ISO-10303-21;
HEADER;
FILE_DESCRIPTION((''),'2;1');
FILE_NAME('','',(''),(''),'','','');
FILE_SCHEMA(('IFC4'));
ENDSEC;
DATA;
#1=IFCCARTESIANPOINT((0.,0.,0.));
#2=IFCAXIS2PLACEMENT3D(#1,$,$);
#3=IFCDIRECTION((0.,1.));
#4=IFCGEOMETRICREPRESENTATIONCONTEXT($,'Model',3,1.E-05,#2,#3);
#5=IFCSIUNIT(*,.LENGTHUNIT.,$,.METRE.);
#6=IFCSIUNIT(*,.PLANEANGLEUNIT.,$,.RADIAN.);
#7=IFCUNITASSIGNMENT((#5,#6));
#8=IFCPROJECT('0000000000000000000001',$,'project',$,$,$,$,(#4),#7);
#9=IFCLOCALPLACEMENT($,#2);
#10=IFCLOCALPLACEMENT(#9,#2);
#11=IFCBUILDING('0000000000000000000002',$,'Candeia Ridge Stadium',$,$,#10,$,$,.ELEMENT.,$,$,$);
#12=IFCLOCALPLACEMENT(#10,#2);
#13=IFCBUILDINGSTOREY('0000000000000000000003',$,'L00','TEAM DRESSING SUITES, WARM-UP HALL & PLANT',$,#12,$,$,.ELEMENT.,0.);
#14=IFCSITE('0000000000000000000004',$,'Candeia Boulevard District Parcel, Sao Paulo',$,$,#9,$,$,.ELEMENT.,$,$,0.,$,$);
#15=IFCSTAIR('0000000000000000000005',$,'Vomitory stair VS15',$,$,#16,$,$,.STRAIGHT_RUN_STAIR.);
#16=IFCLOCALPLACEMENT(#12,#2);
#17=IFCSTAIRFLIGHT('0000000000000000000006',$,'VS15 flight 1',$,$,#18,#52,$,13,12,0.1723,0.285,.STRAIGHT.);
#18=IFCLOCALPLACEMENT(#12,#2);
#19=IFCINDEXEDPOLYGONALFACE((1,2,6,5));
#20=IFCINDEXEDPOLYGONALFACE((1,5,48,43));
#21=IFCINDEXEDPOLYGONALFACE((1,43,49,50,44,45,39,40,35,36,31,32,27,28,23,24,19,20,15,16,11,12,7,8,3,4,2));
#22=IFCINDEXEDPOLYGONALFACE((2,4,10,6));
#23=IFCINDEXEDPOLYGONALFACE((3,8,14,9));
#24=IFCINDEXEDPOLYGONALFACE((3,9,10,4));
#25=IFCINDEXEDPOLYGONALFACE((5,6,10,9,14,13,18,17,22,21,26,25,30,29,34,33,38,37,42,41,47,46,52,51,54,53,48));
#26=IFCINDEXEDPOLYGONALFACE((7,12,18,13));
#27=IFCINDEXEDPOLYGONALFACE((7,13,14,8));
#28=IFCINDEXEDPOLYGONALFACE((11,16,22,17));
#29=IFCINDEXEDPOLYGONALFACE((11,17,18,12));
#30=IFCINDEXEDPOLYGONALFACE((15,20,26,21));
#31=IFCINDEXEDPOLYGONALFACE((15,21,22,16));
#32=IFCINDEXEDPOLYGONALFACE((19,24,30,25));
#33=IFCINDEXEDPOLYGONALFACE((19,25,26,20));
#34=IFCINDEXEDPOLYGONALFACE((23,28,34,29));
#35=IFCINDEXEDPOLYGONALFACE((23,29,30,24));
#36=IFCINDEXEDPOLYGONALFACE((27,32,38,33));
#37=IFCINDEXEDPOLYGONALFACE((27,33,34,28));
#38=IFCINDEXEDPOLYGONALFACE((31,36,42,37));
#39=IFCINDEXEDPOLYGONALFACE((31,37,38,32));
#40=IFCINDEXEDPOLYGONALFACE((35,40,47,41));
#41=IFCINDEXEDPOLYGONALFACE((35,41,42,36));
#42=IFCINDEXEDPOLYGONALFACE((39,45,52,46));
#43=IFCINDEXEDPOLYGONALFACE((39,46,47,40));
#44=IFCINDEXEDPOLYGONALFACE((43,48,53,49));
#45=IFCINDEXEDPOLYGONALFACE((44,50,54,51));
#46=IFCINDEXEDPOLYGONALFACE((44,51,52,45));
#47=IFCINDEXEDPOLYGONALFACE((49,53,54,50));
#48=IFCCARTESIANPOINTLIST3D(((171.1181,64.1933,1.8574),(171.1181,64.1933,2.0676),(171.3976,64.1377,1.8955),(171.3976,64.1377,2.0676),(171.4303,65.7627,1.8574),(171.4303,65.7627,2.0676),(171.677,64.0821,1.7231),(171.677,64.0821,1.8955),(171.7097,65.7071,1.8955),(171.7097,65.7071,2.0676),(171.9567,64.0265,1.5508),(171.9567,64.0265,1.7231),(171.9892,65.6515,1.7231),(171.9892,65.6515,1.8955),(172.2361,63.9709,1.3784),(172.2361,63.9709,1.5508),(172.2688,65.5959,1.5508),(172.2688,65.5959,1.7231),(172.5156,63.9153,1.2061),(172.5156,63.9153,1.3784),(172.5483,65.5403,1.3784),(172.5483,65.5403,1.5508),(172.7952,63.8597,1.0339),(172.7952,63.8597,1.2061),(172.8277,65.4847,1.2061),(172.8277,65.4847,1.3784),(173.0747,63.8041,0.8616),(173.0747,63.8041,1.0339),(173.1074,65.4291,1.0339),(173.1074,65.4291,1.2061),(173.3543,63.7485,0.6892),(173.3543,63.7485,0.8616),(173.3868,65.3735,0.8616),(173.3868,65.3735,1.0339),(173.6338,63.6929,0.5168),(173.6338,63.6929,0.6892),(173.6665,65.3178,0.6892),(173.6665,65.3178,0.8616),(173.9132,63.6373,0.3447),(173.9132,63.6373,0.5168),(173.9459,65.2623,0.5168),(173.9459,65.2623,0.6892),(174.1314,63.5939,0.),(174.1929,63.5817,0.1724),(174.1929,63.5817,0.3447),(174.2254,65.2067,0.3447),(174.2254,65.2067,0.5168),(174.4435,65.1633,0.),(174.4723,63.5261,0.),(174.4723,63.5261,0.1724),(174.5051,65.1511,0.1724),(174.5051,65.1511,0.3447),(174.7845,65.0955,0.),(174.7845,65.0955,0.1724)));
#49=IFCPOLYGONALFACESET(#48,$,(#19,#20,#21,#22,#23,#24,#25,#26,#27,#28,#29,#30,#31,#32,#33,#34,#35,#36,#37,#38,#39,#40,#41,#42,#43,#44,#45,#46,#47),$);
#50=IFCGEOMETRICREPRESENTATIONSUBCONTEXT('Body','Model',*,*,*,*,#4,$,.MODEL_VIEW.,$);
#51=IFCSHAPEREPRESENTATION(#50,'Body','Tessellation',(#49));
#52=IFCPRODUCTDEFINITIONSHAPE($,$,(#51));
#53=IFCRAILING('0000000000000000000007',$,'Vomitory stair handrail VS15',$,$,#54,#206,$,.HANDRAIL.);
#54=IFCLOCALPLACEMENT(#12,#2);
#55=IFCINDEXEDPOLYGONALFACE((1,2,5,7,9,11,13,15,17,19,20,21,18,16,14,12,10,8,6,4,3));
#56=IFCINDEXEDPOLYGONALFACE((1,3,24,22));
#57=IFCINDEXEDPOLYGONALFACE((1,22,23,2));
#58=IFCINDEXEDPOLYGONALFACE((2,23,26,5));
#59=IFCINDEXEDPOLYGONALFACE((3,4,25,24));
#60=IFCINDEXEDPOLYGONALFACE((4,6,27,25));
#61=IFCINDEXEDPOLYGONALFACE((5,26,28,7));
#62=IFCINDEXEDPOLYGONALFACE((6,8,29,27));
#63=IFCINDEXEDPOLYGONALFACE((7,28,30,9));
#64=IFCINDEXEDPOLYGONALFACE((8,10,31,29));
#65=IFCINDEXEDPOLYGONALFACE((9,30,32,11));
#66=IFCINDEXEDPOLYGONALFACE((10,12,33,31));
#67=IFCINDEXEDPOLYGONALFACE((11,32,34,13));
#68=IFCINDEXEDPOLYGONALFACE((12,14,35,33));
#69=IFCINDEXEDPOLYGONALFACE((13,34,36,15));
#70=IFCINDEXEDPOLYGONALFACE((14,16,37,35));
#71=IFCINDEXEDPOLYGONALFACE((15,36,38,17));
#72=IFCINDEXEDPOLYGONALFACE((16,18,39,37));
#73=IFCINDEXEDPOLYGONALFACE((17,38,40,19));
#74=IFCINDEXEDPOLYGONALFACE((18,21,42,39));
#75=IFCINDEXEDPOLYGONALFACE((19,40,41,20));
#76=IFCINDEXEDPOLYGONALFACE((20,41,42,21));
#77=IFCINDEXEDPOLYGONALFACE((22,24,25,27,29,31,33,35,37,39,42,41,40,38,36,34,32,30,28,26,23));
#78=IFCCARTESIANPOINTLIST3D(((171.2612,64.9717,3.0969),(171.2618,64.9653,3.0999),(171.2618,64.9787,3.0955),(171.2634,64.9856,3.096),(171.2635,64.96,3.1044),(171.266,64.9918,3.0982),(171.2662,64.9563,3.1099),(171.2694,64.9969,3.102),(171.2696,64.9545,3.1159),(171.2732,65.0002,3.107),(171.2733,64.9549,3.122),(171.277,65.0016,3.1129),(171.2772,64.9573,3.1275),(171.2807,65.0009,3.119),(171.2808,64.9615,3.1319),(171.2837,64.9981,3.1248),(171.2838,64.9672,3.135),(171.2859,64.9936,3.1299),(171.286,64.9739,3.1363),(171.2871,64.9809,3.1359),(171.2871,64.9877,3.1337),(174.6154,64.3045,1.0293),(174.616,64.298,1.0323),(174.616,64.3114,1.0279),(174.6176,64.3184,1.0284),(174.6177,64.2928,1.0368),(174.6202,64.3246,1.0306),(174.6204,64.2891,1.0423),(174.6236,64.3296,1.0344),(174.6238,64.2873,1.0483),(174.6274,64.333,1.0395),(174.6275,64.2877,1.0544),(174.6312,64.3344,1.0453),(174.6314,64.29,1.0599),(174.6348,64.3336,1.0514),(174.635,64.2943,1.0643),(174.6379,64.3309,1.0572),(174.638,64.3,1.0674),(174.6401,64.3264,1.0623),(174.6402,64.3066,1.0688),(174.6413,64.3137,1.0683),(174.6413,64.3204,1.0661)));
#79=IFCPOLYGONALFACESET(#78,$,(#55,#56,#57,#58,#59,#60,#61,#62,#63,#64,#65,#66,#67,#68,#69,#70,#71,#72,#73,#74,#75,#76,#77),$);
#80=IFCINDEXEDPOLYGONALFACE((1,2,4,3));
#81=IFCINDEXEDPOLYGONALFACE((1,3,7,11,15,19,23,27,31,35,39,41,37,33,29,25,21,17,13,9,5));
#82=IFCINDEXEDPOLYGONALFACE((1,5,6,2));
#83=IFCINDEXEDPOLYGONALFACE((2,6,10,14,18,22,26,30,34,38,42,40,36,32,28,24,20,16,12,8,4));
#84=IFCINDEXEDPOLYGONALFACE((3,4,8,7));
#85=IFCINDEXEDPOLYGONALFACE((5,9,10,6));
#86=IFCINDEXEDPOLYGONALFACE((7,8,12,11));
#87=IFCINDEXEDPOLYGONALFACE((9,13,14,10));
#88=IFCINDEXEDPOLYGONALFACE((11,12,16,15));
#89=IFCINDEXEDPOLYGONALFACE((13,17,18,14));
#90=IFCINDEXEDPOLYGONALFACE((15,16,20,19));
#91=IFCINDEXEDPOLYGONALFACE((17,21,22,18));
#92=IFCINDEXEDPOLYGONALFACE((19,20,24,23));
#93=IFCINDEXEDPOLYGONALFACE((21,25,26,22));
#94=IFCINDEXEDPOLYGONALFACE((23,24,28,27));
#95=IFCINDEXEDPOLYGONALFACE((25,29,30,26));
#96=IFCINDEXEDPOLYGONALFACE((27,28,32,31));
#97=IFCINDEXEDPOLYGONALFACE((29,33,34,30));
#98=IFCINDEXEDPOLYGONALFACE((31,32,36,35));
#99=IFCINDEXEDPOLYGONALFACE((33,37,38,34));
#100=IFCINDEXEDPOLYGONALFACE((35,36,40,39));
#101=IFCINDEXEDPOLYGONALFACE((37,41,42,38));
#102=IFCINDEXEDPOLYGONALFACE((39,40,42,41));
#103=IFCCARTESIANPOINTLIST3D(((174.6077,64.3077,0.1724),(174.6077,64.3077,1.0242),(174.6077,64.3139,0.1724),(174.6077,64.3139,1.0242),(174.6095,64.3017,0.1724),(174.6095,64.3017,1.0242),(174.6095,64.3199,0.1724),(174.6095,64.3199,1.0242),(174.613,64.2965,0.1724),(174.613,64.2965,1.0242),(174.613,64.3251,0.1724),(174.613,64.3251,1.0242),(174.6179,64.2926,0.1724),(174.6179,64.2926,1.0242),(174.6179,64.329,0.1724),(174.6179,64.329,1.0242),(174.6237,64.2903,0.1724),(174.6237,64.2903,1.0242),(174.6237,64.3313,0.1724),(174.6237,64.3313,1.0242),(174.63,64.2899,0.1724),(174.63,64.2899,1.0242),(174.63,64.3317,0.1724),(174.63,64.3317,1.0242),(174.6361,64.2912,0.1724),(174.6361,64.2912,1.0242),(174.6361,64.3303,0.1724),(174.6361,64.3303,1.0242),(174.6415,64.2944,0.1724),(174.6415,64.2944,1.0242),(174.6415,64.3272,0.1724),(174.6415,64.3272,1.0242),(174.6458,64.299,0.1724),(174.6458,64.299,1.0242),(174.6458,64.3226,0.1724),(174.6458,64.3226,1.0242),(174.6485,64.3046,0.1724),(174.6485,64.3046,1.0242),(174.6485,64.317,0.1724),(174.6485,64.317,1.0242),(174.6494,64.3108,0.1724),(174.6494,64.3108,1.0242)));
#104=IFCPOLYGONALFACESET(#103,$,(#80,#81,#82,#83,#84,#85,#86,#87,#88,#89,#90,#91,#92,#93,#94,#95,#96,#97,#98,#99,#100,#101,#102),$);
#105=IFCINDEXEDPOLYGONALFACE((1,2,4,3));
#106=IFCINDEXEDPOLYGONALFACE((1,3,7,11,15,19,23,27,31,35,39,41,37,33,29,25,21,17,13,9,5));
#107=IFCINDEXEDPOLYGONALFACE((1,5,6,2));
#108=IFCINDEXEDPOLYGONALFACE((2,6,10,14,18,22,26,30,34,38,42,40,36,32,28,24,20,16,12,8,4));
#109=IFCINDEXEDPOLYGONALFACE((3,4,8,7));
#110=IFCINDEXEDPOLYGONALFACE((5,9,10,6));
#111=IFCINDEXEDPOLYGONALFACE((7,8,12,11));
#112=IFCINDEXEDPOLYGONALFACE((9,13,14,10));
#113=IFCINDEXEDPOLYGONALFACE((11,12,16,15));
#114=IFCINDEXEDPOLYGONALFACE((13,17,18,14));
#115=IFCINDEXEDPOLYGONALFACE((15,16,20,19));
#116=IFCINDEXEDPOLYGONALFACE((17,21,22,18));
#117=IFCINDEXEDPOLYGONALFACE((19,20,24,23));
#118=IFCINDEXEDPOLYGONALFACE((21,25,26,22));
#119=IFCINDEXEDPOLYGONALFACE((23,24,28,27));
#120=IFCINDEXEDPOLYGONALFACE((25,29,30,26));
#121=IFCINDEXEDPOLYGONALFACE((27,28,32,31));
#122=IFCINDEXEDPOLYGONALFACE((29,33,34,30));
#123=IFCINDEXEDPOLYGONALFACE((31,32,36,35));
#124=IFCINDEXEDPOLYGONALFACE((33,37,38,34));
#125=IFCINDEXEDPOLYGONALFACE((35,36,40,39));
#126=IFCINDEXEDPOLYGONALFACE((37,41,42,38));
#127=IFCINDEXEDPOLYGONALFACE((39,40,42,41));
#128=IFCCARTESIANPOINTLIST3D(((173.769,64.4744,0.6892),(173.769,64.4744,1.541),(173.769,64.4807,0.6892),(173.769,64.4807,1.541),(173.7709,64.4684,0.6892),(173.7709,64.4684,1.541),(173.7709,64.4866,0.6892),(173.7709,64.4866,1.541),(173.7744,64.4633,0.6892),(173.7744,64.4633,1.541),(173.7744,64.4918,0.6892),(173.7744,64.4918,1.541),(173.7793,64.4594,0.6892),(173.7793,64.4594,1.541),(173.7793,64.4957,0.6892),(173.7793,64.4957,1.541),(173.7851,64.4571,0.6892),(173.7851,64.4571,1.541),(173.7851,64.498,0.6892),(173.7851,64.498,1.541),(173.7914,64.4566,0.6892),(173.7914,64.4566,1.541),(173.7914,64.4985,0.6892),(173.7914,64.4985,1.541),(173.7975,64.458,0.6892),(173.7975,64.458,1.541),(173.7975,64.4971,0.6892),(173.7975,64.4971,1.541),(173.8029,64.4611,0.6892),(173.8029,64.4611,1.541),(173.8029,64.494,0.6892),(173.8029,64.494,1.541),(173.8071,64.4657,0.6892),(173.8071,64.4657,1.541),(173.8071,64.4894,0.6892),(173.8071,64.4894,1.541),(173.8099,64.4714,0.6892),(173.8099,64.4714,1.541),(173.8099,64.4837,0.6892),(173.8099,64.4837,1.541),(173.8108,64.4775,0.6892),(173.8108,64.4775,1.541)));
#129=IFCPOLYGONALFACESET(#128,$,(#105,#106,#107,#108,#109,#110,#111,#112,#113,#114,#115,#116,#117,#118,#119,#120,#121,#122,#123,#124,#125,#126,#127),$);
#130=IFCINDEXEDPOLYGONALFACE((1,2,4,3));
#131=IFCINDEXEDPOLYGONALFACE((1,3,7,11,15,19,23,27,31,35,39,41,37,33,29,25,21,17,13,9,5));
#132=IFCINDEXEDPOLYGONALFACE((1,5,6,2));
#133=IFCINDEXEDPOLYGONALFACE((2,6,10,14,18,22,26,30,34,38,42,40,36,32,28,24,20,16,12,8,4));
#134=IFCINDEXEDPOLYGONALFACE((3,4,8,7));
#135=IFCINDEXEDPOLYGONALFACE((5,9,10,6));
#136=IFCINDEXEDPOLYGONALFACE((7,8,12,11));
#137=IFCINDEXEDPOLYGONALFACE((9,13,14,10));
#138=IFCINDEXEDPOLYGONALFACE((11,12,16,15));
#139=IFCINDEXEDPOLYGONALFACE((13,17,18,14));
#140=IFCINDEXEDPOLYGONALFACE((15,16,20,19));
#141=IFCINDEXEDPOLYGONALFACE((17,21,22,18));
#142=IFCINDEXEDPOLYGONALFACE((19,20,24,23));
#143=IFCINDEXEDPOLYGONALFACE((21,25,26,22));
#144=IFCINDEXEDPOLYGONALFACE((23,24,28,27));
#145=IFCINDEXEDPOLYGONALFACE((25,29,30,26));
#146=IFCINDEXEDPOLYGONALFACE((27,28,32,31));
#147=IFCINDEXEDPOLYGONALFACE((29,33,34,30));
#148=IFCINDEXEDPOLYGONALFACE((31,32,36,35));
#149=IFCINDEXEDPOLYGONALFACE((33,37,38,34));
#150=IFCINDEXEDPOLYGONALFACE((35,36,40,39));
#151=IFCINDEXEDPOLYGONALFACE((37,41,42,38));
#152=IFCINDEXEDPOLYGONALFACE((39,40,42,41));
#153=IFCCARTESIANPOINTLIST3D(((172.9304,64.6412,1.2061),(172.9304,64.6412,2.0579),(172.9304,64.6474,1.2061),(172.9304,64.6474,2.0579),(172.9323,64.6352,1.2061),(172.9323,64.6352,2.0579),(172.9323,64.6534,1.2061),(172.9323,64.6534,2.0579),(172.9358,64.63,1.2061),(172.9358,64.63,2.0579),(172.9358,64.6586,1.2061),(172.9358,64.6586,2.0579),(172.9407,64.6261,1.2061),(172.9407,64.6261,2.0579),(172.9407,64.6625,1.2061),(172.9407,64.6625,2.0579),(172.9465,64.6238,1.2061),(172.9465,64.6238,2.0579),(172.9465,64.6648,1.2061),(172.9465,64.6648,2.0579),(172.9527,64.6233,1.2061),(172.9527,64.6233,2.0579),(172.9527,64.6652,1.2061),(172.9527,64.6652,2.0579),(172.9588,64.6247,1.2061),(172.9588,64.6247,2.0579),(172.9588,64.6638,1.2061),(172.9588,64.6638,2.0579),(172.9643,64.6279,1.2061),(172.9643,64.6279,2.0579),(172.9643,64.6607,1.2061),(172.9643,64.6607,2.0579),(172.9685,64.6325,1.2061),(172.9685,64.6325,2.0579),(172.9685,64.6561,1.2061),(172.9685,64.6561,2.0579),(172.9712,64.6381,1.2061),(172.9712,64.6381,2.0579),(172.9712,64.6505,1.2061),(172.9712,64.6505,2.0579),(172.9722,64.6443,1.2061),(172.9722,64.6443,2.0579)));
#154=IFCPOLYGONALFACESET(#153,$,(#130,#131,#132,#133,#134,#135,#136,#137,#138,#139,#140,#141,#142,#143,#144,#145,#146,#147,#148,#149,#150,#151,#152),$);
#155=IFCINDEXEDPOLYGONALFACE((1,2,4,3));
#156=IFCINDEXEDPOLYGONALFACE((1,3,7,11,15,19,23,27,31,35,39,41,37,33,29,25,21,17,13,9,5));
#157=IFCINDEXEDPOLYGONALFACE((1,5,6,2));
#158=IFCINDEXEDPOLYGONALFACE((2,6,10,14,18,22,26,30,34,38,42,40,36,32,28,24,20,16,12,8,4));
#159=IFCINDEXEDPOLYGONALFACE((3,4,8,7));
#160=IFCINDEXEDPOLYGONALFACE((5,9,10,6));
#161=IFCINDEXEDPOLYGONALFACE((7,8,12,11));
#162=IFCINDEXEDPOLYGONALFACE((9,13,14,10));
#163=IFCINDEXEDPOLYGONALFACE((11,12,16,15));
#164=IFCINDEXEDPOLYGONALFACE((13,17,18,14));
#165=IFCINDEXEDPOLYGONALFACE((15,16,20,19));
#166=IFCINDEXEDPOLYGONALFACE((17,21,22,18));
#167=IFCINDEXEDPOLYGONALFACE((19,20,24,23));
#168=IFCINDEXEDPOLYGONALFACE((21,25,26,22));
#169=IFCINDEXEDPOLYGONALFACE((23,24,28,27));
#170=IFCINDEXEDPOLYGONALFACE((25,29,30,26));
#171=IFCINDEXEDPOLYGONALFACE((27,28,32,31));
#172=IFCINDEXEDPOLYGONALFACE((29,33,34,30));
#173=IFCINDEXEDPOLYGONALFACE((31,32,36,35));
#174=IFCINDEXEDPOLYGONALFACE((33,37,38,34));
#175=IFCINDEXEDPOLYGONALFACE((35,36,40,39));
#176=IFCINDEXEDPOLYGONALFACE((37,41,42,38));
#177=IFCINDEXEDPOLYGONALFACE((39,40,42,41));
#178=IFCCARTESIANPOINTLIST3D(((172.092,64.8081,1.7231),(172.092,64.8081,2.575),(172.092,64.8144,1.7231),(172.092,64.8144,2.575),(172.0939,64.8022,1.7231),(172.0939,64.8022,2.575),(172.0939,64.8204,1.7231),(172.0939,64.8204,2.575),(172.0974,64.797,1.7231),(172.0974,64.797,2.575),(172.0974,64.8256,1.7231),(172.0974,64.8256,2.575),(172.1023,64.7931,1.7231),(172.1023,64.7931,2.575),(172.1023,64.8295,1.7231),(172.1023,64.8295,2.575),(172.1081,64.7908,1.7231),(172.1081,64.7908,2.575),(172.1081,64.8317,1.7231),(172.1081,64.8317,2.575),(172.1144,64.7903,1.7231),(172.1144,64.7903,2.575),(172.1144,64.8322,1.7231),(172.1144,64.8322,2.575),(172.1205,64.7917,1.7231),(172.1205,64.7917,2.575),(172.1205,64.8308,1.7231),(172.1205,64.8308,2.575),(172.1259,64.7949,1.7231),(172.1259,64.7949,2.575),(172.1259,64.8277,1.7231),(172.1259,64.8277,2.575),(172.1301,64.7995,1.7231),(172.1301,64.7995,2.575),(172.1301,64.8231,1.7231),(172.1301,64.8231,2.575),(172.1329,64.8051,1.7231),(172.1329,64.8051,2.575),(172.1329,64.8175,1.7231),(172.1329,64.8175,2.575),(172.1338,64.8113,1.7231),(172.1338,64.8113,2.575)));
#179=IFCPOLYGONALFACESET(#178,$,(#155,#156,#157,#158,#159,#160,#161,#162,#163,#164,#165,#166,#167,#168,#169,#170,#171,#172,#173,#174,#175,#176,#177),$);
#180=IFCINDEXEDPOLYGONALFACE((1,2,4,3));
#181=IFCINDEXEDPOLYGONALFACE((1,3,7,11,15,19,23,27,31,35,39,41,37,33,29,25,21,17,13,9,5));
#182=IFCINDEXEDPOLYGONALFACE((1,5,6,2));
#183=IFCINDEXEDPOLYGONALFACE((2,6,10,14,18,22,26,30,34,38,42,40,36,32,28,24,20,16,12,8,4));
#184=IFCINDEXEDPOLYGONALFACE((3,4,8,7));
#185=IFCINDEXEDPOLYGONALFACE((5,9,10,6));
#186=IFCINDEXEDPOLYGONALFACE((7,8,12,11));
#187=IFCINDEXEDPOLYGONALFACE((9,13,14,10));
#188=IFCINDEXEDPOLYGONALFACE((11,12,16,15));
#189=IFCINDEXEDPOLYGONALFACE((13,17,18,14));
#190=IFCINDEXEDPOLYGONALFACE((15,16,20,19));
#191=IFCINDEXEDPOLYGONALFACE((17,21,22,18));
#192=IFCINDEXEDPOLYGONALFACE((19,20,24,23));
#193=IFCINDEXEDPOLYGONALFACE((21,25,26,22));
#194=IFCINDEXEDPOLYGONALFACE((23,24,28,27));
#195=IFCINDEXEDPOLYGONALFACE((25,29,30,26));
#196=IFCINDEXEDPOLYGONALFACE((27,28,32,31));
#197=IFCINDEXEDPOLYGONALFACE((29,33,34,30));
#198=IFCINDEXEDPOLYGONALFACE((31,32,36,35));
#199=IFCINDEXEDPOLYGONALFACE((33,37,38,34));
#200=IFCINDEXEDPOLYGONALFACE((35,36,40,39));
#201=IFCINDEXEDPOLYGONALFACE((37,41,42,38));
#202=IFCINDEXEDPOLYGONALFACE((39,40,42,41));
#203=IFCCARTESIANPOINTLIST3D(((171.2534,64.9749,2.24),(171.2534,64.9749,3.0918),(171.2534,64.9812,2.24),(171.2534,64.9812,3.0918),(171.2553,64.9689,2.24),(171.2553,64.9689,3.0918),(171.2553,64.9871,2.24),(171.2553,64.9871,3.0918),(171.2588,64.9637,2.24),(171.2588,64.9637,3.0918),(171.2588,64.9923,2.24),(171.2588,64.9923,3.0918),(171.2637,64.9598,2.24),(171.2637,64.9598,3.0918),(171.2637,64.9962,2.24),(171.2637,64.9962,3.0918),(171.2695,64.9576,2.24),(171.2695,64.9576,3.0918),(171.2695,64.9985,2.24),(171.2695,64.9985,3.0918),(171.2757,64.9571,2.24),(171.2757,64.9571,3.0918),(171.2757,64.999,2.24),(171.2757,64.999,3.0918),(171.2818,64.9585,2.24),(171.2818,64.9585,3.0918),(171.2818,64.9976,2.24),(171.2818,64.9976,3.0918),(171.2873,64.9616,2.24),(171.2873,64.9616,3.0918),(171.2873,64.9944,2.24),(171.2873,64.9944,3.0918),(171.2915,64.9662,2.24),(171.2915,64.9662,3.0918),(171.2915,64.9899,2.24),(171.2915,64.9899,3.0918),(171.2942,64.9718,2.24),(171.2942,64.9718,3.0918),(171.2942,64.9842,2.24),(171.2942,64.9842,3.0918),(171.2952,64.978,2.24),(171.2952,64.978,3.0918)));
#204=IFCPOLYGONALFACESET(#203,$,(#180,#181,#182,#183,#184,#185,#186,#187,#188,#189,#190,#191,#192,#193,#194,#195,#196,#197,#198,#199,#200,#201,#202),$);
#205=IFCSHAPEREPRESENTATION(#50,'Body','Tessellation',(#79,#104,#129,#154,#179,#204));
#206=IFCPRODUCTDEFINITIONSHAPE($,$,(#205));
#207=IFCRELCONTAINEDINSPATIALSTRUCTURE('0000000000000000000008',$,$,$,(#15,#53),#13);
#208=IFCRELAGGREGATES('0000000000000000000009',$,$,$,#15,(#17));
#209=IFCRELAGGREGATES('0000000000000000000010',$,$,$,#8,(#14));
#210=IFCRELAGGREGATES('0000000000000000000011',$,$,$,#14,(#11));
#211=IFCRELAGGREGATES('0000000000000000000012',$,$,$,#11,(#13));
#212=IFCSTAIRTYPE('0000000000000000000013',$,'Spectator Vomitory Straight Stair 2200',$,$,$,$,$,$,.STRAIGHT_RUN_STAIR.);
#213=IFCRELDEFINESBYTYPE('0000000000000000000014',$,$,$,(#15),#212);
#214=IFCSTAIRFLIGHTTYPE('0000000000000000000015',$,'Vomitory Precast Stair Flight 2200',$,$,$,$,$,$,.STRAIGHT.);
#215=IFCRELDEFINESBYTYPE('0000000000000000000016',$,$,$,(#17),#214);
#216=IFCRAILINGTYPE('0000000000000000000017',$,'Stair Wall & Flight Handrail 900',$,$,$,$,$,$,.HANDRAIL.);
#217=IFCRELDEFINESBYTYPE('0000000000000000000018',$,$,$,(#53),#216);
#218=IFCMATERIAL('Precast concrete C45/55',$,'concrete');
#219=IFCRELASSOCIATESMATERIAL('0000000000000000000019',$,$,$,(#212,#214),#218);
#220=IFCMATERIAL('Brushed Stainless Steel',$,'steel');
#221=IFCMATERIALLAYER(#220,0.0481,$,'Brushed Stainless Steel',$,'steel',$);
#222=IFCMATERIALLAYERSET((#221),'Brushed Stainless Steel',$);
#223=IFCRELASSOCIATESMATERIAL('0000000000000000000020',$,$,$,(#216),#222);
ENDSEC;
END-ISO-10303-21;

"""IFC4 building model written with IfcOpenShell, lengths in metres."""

from ifc_helpers import new_model, si_unit, direction, frame, origin, origin_2d, place, context, subcontext, project, spatial, polyline, circle, outline, extrude, material, layer, layer_set, type_object, element, aggregate, save


model = new_model("IFC4")

# Units and contexts
model_context = context("Model", 3, precision=1e-05, world=origin(), true_north=direction((0.0, 1.0)))
body_context = subcontext(model_context, "Body", "Model", "MODEL_VIEW")
ifc_project = project(units=[si_unit("LENGTHUNIT", "METRE"), si_unit("PLANEANGLEUNIT", "RADIAN")], contexts=[model_context])

# Site, building, storey
site_placement = place(None, origin())
site = spatial("IfcSite", under=ifc_project, at=site_placement, Name="Candeia Boulevard District Parcel, Sao Paulo", CompositionType="ELEMENT", RefElevation=0.0)
building_placement = place(site_placement, origin())
building = spatial("IfcBuilding", under=site, at=building_placement, Name="Candeia Ridge Stadium", CompositionType="ELEMENT")
storey_placement = place(building_placement, origin())
storey = spatial("IfcBuildingStorey", under=building, at=storey_placement, Name="L00", Description="TEAM DRESSING SUITES, WARM-UP HALL & PLANT", CompositionType="ELEMENT", Elevation=0.0)

# Stair, stair flight
ifc_material_1 = material(Name="Precast concrete C45/55", Category="concrete")
stair_type = type_object("IfcStairType", Name="Spectator Vomitory Straight Stair 2200", PredefinedType="STRAIGHT_RUN_STAIR", material=ifc_material_1)
stair_placement = place(storey_placement, origin())
stair = element("IfcStair", 1, at=stair_placement, inside=storey, type_object=stair_type, Name="Vomitory stair VS15", PredefinedType="STRAIGHT_RUN_STAIR")
stair_flight_type = type_object("IfcStairFlightType", Name="Vomitory Precast Stair Flight 2200", PredefinedType="STRAIGHT", material=ifc_material_1)
stair_flight_placement = place(storey_placement, frame((174.6284, 64.3108, 0.0), z_axis=(0.0, 0.0, 1.0), x_axis=(-0.980785, 0.19509, 0.0)))
stair_flight = element("IfcStairFlight", 2, at=stair_flight_placement, type_object=stair_flight_type, Name="VS15 flight 1", NumberOfRisers=13, NumberOfTreads=12, PredefinedType="STRAIGHT", RiserHeight=0.1723, TreadLength=0.285, context=body_context, shape_type="SweptSolid", body=[
    extrude(outline(polyline([(0.0, 0.0), (0.0, 0.1724), (0.2849, 0.1724), (0.2849, 0.3447), (0.5701, 0.3447), (0.5701, 0.5168), (0.855, 0.5168), (0.855, 0.6892), (1.1399, 0.6892), (1.1399, 0.8616), (1.425, 0.8616), (1.425, 1.0339), (1.71, 1.0339), (1.71, 1.2061), (1.9951, 1.2061), (1.9951, 1.3784), (2.28, 1.3784), (2.28, 1.5508), (2.5649, 1.5508), (2.5649, 1.7231), (2.8501, 1.7231), (2.8501, 1.8955), (3.135, 1.8955), (3.135, 2.0676), (3.4199, 2.0676), (3.4199, 2.24), (3.4199, 1.8574), (0.3477, 0.0), (0.0, 0.0)])), frame((0.0, 0.8, 0.0), z_axis=(0.0, -1.0, 0.0), x_axis=(1.0, 0.0, 0.0)), (0.0, 0.0, 1.0), 1.6001),
])
aggregate(stair, [stair_flight])

# Railing
ifc_material_2 = material(Name="Brushed Stainless Steel", Category="steel")
ifc_layer_1 = layer(ifc_material_2, 0.0481, Name="Brushed Stainless Steel", Category="steel")
ifc_layer_set_1 = layer_set([ifc_layer_1], Name="Brushed Stainless Steel")
railing_type_1 = type_object("IfcRailingType", Name="Stair Wall & Flight Handrail 900", PredefinedType="HANDRAIL", material=ifc_layer_set_1)
railing_1_placement = place(storey_placement, frame((174.6284, 64.3108, 0.1724)))
element("IfcRailing", 3, at=railing_1_placement, inside=storey, type_object=railing_type_1, Name="Vomitory stair handrail VS15", PredefinedType="HANDRAIL", context=body_context, shape_type="SweptSolid", body=[
    extrude(circle(Radius=0.0239, at=origin_2d()), frame((0.0, 0.0, 0.876), z_axis=(-0.839316, 0.166959, 0.517372), x_axis=(-0.1951, -0.980783, 0.0)), (0.0, 0.0, 1.0), 3.9963),
    extrude(circle(Radius=0.021, at=origin_2d()), origin(), (0.0, 0.0, 1.0), 0.8518),
    extrude(circle(Radius=0.021, at=origin_2d()), frame((-0.8386, 0.1667, 0.5168)), (0.0, 0.0, 1.0), 0.8518),
    extrude(circle(Radius=0.021, at=origin_2d()), frame((-1.6772, 0.3335, 1.0337)), (0.0, 0.0, 1.0), 0.8518),
    extrude(circle(Radius=0.021, at=origin_2d()), frame((-2.5156, 0.5005, 1.5508)), (0.0, 0.0, 1.0), 0.8518),
    extrude(circle(Radius=0.021, at=origin_2d()), frame((-3.3542, 0.6672, 2.0676)), (0.0, 0.0, 1.0), 0.8518),
])

save(model, "model.ifc")
